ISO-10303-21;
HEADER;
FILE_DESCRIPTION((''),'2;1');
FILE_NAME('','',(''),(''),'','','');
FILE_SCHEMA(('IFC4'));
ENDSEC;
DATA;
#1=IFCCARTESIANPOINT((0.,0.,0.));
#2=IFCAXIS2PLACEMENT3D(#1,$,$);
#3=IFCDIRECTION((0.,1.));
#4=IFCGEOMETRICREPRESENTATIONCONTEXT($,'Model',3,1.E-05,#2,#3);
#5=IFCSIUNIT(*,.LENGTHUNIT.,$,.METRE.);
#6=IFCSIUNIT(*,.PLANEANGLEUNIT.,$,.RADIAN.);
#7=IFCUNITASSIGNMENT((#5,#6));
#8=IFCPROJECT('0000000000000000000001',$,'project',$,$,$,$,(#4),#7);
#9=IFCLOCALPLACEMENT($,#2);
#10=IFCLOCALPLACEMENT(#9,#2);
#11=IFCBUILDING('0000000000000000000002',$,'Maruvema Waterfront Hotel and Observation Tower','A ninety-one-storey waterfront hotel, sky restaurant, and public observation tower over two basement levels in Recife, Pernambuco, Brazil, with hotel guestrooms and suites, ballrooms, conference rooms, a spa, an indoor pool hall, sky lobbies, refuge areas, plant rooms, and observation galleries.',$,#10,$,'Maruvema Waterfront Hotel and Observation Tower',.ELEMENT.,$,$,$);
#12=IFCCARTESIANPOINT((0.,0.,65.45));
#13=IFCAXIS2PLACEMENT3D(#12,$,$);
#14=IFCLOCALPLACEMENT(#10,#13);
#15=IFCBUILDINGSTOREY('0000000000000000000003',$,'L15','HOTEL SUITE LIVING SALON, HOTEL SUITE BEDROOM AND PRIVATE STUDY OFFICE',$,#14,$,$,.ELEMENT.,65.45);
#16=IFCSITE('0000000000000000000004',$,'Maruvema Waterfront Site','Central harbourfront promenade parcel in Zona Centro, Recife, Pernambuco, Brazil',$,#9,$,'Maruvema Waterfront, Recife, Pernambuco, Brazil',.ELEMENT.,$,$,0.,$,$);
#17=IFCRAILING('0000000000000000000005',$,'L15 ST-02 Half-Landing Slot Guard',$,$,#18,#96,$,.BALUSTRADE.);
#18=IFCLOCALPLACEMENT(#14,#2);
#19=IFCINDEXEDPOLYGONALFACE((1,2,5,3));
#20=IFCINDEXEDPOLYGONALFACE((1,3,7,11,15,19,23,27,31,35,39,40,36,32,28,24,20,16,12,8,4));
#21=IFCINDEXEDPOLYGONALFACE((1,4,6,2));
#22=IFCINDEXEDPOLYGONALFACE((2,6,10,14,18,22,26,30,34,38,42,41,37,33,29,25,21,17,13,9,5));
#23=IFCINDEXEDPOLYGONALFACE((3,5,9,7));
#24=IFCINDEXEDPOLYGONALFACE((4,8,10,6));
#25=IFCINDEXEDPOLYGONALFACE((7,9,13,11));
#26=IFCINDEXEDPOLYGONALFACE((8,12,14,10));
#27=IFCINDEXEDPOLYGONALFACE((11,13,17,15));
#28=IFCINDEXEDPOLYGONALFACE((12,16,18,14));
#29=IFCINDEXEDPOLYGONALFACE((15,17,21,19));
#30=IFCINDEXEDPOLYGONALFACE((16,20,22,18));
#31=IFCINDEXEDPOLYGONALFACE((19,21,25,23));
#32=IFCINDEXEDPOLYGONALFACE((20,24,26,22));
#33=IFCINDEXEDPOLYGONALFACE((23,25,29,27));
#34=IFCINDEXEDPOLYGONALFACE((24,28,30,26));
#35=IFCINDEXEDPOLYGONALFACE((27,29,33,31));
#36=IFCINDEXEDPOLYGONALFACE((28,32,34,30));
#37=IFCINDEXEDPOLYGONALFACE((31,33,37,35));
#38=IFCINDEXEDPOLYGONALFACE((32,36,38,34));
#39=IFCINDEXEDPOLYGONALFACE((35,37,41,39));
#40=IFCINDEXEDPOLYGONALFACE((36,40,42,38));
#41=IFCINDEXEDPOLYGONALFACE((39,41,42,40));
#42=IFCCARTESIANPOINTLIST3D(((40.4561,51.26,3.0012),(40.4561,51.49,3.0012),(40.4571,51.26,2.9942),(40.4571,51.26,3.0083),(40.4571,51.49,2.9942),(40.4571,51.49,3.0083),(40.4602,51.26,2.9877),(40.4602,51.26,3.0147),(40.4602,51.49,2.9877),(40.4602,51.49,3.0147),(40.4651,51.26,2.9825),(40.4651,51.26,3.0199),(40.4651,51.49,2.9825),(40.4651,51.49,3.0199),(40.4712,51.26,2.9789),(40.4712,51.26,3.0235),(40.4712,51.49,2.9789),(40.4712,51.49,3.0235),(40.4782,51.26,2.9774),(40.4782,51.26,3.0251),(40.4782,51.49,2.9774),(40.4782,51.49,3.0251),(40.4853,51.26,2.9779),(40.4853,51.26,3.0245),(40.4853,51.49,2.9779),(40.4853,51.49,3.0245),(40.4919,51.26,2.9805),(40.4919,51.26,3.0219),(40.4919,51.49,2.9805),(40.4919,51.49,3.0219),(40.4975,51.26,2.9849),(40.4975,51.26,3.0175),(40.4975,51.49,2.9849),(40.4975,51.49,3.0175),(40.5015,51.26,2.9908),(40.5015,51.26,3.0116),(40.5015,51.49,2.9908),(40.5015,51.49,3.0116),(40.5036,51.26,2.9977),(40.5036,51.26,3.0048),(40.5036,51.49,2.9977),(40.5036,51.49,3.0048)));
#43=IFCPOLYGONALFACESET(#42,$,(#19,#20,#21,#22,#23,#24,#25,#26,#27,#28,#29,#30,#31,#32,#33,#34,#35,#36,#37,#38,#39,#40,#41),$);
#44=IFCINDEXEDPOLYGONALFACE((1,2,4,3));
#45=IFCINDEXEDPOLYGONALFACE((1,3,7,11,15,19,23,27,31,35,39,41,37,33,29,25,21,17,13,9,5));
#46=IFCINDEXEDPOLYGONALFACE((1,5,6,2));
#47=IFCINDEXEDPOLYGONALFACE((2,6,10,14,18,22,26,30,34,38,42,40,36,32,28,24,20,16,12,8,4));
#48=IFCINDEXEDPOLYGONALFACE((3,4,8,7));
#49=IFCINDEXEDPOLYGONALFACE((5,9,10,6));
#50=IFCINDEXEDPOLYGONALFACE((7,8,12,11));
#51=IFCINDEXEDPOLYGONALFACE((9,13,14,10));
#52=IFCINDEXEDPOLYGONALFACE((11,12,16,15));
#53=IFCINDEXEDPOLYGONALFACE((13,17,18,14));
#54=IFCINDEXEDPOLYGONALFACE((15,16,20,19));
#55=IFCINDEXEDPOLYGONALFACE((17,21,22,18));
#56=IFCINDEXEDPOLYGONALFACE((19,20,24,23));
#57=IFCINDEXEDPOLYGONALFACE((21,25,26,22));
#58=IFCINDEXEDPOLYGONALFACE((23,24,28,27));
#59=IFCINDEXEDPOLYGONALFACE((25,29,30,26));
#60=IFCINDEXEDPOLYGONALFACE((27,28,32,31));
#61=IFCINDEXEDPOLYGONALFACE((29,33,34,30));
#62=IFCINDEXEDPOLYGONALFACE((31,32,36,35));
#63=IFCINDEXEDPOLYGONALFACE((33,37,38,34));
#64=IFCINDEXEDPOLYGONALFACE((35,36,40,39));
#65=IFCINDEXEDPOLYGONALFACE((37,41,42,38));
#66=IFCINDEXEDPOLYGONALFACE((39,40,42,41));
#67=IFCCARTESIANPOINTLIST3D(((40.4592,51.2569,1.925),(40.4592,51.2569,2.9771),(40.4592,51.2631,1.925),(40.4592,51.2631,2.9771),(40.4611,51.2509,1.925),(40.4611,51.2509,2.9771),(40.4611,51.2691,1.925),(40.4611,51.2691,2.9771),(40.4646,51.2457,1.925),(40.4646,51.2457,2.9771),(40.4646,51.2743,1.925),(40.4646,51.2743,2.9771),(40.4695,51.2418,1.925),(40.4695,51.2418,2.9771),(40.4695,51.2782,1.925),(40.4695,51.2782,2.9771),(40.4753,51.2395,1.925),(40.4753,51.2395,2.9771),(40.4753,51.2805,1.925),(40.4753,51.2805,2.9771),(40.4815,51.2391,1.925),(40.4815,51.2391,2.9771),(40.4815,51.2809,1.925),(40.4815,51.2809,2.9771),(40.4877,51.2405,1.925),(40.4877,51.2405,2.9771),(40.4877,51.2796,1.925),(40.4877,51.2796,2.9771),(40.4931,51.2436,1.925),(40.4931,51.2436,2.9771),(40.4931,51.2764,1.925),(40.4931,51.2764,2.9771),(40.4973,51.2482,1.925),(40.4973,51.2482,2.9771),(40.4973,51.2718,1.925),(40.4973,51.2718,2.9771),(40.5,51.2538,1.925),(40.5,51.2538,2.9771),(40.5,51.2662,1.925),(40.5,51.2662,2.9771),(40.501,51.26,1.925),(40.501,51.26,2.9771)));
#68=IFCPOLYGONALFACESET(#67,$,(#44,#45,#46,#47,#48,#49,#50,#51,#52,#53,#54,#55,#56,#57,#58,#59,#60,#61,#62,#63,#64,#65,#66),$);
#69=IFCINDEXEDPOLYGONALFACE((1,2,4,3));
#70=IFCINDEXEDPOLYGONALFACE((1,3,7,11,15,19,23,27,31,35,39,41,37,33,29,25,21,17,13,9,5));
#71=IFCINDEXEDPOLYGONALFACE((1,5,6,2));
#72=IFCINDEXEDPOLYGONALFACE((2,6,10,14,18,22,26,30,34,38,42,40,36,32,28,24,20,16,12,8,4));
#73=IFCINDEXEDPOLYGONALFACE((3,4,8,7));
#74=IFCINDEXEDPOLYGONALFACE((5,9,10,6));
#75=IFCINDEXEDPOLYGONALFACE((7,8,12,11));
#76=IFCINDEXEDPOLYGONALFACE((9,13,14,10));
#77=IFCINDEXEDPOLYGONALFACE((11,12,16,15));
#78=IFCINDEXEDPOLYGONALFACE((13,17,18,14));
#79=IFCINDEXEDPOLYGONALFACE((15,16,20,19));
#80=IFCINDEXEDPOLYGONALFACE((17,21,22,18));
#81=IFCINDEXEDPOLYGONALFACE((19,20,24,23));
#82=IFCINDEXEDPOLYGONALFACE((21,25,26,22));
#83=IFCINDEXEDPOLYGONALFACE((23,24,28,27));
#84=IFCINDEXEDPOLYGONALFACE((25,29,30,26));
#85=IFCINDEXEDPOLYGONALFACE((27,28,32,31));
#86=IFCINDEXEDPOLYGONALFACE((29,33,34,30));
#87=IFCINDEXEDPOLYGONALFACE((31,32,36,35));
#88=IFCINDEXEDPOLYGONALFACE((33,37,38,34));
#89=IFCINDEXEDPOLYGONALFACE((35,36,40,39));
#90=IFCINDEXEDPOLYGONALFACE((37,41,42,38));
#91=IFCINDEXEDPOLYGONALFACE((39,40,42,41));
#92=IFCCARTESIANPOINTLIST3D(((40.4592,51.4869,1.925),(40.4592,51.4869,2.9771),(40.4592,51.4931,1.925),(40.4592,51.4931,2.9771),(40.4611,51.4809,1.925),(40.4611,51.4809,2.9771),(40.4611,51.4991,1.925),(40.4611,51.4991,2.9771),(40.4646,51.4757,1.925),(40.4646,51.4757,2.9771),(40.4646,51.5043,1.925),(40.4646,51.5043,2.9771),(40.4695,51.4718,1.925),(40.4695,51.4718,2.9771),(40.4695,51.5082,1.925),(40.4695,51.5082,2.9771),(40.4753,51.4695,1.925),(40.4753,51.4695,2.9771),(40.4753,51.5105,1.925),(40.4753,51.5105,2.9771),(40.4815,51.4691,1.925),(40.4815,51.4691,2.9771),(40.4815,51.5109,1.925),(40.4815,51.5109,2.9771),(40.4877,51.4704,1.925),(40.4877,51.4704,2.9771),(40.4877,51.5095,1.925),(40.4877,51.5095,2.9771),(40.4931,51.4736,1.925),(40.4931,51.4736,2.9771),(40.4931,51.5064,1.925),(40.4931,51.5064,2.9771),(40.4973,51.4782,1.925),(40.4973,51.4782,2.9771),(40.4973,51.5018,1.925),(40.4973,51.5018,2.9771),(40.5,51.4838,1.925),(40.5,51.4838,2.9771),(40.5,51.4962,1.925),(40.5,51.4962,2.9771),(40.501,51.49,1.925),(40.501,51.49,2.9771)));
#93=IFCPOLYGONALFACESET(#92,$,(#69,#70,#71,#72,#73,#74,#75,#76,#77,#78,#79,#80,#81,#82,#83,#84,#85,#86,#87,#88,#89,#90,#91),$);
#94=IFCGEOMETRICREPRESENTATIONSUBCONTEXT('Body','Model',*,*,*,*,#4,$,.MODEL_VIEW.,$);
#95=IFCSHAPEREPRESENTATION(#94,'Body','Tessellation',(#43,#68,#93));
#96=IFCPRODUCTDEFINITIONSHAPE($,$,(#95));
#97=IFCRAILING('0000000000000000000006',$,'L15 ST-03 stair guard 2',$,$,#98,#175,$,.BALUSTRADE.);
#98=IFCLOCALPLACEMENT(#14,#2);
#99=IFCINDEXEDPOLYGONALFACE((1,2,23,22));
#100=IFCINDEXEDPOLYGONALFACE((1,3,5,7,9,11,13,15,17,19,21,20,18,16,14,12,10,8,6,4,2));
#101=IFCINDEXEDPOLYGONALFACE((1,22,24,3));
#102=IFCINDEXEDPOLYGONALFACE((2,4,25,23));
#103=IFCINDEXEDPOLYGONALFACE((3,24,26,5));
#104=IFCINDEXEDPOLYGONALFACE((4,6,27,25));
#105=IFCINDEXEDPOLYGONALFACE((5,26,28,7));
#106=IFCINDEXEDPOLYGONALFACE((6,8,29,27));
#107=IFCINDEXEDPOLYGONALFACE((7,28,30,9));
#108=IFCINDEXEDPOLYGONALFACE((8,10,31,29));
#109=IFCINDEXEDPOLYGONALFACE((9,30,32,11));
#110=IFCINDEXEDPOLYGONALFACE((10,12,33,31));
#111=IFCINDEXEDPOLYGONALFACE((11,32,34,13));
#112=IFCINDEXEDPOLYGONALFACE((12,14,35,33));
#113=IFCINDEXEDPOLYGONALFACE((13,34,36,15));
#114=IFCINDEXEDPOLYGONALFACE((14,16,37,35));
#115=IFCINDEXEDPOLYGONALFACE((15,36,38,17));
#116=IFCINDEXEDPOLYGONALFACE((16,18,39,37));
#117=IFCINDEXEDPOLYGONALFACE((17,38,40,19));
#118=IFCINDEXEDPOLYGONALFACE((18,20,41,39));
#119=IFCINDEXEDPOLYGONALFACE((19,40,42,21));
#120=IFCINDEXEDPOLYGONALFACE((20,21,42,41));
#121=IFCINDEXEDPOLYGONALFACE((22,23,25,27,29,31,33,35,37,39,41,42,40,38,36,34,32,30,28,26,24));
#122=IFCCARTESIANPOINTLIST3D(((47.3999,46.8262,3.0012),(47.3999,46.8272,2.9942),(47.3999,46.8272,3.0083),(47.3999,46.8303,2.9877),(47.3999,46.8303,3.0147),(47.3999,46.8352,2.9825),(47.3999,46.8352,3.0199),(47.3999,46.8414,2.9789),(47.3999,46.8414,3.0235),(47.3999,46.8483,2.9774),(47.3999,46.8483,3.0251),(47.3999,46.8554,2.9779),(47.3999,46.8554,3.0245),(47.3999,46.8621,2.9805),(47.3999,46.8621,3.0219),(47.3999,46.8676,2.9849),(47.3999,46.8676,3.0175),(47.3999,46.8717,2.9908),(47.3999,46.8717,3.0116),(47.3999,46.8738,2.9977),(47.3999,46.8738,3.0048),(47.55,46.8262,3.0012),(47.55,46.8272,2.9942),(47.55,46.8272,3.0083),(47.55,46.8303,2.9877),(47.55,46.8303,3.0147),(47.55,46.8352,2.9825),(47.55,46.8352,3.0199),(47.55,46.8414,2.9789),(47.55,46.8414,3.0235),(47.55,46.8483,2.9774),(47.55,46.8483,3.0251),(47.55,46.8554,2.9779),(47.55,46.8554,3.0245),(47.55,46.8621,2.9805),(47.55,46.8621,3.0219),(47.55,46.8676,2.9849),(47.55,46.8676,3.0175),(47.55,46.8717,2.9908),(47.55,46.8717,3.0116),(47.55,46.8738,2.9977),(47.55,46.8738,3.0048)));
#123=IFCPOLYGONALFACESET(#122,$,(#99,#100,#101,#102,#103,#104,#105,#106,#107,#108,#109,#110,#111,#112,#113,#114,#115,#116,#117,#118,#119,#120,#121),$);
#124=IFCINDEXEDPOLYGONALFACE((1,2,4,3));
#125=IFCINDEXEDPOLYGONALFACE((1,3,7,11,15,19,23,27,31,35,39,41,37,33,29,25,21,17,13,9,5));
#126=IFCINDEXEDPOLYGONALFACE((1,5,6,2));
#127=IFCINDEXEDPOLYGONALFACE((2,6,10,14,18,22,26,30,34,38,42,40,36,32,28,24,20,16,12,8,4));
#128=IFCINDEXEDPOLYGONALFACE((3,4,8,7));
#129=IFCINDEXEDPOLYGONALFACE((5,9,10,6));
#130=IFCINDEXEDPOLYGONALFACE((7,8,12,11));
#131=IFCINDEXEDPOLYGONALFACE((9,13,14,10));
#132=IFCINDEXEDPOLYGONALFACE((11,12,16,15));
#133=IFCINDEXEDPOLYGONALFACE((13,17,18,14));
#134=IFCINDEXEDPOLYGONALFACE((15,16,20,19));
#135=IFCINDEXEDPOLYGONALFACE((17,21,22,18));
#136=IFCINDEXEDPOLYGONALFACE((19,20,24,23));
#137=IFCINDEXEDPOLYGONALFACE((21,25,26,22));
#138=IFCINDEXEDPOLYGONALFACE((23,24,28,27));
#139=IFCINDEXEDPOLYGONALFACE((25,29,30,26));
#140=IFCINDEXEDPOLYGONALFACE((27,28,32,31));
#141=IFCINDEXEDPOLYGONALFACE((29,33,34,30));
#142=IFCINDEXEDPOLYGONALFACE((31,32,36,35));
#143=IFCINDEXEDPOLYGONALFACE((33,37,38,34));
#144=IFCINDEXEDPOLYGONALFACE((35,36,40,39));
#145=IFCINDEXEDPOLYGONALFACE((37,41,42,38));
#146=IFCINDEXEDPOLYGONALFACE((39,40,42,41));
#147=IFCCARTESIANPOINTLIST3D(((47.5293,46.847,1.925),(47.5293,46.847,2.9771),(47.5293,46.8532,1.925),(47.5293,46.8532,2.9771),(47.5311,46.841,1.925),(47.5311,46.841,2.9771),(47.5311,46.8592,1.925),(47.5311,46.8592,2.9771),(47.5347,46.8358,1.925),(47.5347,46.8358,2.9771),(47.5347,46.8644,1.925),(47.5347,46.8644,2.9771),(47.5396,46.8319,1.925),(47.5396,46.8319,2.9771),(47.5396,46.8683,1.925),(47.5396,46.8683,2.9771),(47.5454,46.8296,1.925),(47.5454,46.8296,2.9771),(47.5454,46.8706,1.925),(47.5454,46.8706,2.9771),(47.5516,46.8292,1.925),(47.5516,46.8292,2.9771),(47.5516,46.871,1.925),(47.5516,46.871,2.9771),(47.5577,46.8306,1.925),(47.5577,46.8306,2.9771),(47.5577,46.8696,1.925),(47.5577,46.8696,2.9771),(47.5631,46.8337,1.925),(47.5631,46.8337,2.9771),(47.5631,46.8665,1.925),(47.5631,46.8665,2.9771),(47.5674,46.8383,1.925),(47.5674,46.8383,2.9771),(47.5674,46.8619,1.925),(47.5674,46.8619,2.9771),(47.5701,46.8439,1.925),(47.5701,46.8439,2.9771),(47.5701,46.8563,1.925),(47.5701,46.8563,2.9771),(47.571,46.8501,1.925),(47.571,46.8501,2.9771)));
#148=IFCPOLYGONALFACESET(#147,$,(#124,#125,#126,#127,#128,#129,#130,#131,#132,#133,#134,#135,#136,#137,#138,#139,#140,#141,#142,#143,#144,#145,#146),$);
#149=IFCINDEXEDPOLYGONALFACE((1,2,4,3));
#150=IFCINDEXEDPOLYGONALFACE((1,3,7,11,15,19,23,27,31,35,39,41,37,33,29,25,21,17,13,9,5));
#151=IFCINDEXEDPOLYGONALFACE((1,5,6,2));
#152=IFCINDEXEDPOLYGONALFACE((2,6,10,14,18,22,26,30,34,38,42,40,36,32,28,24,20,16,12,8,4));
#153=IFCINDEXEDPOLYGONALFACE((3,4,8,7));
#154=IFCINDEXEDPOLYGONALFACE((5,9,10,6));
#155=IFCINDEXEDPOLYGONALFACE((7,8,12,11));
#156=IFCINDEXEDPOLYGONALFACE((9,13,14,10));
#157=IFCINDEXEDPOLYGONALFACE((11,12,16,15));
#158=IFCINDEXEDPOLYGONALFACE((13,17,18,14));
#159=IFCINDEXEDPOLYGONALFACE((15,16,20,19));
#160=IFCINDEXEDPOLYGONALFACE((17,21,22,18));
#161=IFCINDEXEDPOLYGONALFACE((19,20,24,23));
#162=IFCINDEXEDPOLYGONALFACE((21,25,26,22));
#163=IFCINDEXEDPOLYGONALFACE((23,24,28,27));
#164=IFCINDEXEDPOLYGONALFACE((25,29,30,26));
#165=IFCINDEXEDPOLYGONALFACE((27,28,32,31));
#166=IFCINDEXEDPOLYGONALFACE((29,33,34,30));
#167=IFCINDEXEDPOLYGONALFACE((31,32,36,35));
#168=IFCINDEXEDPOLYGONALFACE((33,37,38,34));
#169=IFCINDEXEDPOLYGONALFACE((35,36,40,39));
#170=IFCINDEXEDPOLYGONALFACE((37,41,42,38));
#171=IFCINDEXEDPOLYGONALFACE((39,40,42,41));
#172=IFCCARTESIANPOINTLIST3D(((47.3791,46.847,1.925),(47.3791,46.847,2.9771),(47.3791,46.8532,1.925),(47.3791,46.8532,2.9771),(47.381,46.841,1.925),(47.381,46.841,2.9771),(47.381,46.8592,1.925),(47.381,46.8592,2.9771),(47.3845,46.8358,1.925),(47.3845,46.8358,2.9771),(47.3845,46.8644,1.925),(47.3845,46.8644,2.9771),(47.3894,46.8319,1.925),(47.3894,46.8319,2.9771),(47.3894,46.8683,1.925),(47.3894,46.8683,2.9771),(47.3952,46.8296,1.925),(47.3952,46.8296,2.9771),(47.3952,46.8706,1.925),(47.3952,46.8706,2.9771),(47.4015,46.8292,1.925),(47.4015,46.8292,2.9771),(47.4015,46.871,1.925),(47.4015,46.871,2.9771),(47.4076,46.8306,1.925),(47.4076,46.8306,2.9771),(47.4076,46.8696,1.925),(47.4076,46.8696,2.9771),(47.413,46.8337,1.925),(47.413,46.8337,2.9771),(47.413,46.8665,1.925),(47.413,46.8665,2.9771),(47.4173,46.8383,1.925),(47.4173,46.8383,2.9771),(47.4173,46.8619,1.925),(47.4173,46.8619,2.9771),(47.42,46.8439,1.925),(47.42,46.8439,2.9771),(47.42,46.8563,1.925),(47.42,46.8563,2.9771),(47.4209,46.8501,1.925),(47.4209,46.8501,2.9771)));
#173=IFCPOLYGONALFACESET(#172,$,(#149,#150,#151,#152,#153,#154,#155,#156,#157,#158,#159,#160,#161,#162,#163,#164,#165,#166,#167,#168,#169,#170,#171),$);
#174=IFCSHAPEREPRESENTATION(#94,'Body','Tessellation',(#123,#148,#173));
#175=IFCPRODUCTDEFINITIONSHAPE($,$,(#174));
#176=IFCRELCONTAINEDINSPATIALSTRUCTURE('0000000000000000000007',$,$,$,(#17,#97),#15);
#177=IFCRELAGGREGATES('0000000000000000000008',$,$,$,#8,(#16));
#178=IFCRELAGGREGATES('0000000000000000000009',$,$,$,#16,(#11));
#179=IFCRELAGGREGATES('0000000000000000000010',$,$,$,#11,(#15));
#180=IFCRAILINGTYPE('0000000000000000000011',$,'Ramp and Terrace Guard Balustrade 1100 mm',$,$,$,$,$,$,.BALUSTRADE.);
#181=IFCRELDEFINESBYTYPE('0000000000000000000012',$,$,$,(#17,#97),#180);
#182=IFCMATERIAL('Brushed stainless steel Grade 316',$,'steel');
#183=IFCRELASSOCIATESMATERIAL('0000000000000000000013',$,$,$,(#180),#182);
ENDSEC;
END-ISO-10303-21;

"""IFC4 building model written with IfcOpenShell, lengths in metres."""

from ifc_helpers import new_model, si_unit, direction, frame, origin, origin_2d, place, context, subcontext, project, spatial, circle, extrude, material, type_object, element, save


model = new_model("IFC4")

# Units and contexts
model_context = context("Model", 3, precision=1e-05, world=origin(), true_north=direction((0.0, 1.0)))
body_context = subcontext(model_context, "Body", "Model", "MODEL_VIEW")
ifc_project = project(units=[si_unit("LENGTHUNIT", "METRE"), si_unit("PLANEANGLEUNIT", "RADIAN")], contexts=[model_context])

# Site, building, storey
site_placement = place(None, origin())
site = spatial("IfcSite", under=ifc_project, at=site_placement, Name="Maruvema Waterfront Site", Description="Central harbourfront promenade parcel in Zona Centro, Recife, Pernambuco, Brazil", LongName="Maruvema Waterfront, Recife, Pernambuco, Brazil", CompositionType="ELEMENT", RefElevation=0.0)
building_placement = place(site_placement, origin())
building = spatial("IfcBuilding", under=site, at=building_placement, Name="Maruvema Waterfront Hotel and Observation Tower", Description="A ninety-one-storey waterfront hotel, sky restaurant, and public observation tower over two basement levels in Recife, Pernambuco, Brazil, with hotel guestrooms and suites, ballrooms, conference rooms, a spa, an indoor pool hall, sky lobbies, refuge areas, plant rooms, and observation galleries.", LongName="Maruvema Waterfront Hotel and Observation Tower", CompositionType="ELEMENT")
storey_placement = place(building_placement, frame((0.0, 0.0, 65.45)))
storey = spatial("IfcBuildingStorey", under=building, at=storey_placement, Name="L15", Description="HOTEL SUITE LIVING SALON, HOTEL SUITE BEDROOM AND PRIVATE STUDY OFFICE", CompositionType="ELEMENT", Elevation=65.45)

# Railings
ifc_material_1 = material(Name="Brushed stainless steel Grade 316", Category="steel")
railing_type_1 = type_object("IfcRailingType", Name="Ramp and Terrace Guard Balustrade 1100 mm", PredefinedType="BALUSTRADE", material=ifc_material_1)
railing_1_placement = place(storey_placement, frame((40.48, 51.26, 1.925)))
element("IfcRailing", 1, at=railing_1_placement, inside=storey, type_object=railing_type_1, Name="L15 ST-02 Half-Landing Slot Guard", PredefinedType="BALUSTRADE", context=body_context, shape_type="SweptSolid", body=[
    extrude(circle(Radius=0.0239, at=origin_2d()), frame((0.0, 0.0, 1.0762), z_axis=(0.0, 1.0, 0.0), x_axis=(-1.0, 0.0, 0.0)), (0.0, 0.0, 1.0), 0.23),
    extrude(circle(Radius=0.021, at=origin_2d()), origin(), (0.0, 0.0, 1.0), 1.052),
    extrude(circle(Radius=0.021, at=origin_2d()), frame((0.0, 0.23, 0.0)), (0.0, 0.0, 1.0), 1.052),
])
railing_2_placement = place(storey_placement, frame((47.55, 46.8501, 1.925)))
element("IfcRailing", 2, at=railing_2_placement, inside=storey, type_object=railing_type_1, Name="L15 ST-03 stair guard 2", PredefinedType="BALUSTRADE", context=body_context, shape_type="SweptSolid", body=[
    extrude(circle(Radius=0.0239, at=origin_2d()), frame((0.0, 0.0, 1.0762), z_axis=(-1.0, 0.0, 0.0), x_axis=(0.0, -1.0, 0.0)), (0.0, 0.0, 1.0), 0.1501),
    extrude(circle(Radius=0.021, at=origin_2d()), origin(), (0.0, 0.0, 1.0), 1.052),
    extrude(circle(Radius=0.021, at=origin_2d()), frame((-0.1501, 0.0, 0.0)), (0.0, 0.0, 1.0), 1.052),
])

save(model, "model.ifc")
